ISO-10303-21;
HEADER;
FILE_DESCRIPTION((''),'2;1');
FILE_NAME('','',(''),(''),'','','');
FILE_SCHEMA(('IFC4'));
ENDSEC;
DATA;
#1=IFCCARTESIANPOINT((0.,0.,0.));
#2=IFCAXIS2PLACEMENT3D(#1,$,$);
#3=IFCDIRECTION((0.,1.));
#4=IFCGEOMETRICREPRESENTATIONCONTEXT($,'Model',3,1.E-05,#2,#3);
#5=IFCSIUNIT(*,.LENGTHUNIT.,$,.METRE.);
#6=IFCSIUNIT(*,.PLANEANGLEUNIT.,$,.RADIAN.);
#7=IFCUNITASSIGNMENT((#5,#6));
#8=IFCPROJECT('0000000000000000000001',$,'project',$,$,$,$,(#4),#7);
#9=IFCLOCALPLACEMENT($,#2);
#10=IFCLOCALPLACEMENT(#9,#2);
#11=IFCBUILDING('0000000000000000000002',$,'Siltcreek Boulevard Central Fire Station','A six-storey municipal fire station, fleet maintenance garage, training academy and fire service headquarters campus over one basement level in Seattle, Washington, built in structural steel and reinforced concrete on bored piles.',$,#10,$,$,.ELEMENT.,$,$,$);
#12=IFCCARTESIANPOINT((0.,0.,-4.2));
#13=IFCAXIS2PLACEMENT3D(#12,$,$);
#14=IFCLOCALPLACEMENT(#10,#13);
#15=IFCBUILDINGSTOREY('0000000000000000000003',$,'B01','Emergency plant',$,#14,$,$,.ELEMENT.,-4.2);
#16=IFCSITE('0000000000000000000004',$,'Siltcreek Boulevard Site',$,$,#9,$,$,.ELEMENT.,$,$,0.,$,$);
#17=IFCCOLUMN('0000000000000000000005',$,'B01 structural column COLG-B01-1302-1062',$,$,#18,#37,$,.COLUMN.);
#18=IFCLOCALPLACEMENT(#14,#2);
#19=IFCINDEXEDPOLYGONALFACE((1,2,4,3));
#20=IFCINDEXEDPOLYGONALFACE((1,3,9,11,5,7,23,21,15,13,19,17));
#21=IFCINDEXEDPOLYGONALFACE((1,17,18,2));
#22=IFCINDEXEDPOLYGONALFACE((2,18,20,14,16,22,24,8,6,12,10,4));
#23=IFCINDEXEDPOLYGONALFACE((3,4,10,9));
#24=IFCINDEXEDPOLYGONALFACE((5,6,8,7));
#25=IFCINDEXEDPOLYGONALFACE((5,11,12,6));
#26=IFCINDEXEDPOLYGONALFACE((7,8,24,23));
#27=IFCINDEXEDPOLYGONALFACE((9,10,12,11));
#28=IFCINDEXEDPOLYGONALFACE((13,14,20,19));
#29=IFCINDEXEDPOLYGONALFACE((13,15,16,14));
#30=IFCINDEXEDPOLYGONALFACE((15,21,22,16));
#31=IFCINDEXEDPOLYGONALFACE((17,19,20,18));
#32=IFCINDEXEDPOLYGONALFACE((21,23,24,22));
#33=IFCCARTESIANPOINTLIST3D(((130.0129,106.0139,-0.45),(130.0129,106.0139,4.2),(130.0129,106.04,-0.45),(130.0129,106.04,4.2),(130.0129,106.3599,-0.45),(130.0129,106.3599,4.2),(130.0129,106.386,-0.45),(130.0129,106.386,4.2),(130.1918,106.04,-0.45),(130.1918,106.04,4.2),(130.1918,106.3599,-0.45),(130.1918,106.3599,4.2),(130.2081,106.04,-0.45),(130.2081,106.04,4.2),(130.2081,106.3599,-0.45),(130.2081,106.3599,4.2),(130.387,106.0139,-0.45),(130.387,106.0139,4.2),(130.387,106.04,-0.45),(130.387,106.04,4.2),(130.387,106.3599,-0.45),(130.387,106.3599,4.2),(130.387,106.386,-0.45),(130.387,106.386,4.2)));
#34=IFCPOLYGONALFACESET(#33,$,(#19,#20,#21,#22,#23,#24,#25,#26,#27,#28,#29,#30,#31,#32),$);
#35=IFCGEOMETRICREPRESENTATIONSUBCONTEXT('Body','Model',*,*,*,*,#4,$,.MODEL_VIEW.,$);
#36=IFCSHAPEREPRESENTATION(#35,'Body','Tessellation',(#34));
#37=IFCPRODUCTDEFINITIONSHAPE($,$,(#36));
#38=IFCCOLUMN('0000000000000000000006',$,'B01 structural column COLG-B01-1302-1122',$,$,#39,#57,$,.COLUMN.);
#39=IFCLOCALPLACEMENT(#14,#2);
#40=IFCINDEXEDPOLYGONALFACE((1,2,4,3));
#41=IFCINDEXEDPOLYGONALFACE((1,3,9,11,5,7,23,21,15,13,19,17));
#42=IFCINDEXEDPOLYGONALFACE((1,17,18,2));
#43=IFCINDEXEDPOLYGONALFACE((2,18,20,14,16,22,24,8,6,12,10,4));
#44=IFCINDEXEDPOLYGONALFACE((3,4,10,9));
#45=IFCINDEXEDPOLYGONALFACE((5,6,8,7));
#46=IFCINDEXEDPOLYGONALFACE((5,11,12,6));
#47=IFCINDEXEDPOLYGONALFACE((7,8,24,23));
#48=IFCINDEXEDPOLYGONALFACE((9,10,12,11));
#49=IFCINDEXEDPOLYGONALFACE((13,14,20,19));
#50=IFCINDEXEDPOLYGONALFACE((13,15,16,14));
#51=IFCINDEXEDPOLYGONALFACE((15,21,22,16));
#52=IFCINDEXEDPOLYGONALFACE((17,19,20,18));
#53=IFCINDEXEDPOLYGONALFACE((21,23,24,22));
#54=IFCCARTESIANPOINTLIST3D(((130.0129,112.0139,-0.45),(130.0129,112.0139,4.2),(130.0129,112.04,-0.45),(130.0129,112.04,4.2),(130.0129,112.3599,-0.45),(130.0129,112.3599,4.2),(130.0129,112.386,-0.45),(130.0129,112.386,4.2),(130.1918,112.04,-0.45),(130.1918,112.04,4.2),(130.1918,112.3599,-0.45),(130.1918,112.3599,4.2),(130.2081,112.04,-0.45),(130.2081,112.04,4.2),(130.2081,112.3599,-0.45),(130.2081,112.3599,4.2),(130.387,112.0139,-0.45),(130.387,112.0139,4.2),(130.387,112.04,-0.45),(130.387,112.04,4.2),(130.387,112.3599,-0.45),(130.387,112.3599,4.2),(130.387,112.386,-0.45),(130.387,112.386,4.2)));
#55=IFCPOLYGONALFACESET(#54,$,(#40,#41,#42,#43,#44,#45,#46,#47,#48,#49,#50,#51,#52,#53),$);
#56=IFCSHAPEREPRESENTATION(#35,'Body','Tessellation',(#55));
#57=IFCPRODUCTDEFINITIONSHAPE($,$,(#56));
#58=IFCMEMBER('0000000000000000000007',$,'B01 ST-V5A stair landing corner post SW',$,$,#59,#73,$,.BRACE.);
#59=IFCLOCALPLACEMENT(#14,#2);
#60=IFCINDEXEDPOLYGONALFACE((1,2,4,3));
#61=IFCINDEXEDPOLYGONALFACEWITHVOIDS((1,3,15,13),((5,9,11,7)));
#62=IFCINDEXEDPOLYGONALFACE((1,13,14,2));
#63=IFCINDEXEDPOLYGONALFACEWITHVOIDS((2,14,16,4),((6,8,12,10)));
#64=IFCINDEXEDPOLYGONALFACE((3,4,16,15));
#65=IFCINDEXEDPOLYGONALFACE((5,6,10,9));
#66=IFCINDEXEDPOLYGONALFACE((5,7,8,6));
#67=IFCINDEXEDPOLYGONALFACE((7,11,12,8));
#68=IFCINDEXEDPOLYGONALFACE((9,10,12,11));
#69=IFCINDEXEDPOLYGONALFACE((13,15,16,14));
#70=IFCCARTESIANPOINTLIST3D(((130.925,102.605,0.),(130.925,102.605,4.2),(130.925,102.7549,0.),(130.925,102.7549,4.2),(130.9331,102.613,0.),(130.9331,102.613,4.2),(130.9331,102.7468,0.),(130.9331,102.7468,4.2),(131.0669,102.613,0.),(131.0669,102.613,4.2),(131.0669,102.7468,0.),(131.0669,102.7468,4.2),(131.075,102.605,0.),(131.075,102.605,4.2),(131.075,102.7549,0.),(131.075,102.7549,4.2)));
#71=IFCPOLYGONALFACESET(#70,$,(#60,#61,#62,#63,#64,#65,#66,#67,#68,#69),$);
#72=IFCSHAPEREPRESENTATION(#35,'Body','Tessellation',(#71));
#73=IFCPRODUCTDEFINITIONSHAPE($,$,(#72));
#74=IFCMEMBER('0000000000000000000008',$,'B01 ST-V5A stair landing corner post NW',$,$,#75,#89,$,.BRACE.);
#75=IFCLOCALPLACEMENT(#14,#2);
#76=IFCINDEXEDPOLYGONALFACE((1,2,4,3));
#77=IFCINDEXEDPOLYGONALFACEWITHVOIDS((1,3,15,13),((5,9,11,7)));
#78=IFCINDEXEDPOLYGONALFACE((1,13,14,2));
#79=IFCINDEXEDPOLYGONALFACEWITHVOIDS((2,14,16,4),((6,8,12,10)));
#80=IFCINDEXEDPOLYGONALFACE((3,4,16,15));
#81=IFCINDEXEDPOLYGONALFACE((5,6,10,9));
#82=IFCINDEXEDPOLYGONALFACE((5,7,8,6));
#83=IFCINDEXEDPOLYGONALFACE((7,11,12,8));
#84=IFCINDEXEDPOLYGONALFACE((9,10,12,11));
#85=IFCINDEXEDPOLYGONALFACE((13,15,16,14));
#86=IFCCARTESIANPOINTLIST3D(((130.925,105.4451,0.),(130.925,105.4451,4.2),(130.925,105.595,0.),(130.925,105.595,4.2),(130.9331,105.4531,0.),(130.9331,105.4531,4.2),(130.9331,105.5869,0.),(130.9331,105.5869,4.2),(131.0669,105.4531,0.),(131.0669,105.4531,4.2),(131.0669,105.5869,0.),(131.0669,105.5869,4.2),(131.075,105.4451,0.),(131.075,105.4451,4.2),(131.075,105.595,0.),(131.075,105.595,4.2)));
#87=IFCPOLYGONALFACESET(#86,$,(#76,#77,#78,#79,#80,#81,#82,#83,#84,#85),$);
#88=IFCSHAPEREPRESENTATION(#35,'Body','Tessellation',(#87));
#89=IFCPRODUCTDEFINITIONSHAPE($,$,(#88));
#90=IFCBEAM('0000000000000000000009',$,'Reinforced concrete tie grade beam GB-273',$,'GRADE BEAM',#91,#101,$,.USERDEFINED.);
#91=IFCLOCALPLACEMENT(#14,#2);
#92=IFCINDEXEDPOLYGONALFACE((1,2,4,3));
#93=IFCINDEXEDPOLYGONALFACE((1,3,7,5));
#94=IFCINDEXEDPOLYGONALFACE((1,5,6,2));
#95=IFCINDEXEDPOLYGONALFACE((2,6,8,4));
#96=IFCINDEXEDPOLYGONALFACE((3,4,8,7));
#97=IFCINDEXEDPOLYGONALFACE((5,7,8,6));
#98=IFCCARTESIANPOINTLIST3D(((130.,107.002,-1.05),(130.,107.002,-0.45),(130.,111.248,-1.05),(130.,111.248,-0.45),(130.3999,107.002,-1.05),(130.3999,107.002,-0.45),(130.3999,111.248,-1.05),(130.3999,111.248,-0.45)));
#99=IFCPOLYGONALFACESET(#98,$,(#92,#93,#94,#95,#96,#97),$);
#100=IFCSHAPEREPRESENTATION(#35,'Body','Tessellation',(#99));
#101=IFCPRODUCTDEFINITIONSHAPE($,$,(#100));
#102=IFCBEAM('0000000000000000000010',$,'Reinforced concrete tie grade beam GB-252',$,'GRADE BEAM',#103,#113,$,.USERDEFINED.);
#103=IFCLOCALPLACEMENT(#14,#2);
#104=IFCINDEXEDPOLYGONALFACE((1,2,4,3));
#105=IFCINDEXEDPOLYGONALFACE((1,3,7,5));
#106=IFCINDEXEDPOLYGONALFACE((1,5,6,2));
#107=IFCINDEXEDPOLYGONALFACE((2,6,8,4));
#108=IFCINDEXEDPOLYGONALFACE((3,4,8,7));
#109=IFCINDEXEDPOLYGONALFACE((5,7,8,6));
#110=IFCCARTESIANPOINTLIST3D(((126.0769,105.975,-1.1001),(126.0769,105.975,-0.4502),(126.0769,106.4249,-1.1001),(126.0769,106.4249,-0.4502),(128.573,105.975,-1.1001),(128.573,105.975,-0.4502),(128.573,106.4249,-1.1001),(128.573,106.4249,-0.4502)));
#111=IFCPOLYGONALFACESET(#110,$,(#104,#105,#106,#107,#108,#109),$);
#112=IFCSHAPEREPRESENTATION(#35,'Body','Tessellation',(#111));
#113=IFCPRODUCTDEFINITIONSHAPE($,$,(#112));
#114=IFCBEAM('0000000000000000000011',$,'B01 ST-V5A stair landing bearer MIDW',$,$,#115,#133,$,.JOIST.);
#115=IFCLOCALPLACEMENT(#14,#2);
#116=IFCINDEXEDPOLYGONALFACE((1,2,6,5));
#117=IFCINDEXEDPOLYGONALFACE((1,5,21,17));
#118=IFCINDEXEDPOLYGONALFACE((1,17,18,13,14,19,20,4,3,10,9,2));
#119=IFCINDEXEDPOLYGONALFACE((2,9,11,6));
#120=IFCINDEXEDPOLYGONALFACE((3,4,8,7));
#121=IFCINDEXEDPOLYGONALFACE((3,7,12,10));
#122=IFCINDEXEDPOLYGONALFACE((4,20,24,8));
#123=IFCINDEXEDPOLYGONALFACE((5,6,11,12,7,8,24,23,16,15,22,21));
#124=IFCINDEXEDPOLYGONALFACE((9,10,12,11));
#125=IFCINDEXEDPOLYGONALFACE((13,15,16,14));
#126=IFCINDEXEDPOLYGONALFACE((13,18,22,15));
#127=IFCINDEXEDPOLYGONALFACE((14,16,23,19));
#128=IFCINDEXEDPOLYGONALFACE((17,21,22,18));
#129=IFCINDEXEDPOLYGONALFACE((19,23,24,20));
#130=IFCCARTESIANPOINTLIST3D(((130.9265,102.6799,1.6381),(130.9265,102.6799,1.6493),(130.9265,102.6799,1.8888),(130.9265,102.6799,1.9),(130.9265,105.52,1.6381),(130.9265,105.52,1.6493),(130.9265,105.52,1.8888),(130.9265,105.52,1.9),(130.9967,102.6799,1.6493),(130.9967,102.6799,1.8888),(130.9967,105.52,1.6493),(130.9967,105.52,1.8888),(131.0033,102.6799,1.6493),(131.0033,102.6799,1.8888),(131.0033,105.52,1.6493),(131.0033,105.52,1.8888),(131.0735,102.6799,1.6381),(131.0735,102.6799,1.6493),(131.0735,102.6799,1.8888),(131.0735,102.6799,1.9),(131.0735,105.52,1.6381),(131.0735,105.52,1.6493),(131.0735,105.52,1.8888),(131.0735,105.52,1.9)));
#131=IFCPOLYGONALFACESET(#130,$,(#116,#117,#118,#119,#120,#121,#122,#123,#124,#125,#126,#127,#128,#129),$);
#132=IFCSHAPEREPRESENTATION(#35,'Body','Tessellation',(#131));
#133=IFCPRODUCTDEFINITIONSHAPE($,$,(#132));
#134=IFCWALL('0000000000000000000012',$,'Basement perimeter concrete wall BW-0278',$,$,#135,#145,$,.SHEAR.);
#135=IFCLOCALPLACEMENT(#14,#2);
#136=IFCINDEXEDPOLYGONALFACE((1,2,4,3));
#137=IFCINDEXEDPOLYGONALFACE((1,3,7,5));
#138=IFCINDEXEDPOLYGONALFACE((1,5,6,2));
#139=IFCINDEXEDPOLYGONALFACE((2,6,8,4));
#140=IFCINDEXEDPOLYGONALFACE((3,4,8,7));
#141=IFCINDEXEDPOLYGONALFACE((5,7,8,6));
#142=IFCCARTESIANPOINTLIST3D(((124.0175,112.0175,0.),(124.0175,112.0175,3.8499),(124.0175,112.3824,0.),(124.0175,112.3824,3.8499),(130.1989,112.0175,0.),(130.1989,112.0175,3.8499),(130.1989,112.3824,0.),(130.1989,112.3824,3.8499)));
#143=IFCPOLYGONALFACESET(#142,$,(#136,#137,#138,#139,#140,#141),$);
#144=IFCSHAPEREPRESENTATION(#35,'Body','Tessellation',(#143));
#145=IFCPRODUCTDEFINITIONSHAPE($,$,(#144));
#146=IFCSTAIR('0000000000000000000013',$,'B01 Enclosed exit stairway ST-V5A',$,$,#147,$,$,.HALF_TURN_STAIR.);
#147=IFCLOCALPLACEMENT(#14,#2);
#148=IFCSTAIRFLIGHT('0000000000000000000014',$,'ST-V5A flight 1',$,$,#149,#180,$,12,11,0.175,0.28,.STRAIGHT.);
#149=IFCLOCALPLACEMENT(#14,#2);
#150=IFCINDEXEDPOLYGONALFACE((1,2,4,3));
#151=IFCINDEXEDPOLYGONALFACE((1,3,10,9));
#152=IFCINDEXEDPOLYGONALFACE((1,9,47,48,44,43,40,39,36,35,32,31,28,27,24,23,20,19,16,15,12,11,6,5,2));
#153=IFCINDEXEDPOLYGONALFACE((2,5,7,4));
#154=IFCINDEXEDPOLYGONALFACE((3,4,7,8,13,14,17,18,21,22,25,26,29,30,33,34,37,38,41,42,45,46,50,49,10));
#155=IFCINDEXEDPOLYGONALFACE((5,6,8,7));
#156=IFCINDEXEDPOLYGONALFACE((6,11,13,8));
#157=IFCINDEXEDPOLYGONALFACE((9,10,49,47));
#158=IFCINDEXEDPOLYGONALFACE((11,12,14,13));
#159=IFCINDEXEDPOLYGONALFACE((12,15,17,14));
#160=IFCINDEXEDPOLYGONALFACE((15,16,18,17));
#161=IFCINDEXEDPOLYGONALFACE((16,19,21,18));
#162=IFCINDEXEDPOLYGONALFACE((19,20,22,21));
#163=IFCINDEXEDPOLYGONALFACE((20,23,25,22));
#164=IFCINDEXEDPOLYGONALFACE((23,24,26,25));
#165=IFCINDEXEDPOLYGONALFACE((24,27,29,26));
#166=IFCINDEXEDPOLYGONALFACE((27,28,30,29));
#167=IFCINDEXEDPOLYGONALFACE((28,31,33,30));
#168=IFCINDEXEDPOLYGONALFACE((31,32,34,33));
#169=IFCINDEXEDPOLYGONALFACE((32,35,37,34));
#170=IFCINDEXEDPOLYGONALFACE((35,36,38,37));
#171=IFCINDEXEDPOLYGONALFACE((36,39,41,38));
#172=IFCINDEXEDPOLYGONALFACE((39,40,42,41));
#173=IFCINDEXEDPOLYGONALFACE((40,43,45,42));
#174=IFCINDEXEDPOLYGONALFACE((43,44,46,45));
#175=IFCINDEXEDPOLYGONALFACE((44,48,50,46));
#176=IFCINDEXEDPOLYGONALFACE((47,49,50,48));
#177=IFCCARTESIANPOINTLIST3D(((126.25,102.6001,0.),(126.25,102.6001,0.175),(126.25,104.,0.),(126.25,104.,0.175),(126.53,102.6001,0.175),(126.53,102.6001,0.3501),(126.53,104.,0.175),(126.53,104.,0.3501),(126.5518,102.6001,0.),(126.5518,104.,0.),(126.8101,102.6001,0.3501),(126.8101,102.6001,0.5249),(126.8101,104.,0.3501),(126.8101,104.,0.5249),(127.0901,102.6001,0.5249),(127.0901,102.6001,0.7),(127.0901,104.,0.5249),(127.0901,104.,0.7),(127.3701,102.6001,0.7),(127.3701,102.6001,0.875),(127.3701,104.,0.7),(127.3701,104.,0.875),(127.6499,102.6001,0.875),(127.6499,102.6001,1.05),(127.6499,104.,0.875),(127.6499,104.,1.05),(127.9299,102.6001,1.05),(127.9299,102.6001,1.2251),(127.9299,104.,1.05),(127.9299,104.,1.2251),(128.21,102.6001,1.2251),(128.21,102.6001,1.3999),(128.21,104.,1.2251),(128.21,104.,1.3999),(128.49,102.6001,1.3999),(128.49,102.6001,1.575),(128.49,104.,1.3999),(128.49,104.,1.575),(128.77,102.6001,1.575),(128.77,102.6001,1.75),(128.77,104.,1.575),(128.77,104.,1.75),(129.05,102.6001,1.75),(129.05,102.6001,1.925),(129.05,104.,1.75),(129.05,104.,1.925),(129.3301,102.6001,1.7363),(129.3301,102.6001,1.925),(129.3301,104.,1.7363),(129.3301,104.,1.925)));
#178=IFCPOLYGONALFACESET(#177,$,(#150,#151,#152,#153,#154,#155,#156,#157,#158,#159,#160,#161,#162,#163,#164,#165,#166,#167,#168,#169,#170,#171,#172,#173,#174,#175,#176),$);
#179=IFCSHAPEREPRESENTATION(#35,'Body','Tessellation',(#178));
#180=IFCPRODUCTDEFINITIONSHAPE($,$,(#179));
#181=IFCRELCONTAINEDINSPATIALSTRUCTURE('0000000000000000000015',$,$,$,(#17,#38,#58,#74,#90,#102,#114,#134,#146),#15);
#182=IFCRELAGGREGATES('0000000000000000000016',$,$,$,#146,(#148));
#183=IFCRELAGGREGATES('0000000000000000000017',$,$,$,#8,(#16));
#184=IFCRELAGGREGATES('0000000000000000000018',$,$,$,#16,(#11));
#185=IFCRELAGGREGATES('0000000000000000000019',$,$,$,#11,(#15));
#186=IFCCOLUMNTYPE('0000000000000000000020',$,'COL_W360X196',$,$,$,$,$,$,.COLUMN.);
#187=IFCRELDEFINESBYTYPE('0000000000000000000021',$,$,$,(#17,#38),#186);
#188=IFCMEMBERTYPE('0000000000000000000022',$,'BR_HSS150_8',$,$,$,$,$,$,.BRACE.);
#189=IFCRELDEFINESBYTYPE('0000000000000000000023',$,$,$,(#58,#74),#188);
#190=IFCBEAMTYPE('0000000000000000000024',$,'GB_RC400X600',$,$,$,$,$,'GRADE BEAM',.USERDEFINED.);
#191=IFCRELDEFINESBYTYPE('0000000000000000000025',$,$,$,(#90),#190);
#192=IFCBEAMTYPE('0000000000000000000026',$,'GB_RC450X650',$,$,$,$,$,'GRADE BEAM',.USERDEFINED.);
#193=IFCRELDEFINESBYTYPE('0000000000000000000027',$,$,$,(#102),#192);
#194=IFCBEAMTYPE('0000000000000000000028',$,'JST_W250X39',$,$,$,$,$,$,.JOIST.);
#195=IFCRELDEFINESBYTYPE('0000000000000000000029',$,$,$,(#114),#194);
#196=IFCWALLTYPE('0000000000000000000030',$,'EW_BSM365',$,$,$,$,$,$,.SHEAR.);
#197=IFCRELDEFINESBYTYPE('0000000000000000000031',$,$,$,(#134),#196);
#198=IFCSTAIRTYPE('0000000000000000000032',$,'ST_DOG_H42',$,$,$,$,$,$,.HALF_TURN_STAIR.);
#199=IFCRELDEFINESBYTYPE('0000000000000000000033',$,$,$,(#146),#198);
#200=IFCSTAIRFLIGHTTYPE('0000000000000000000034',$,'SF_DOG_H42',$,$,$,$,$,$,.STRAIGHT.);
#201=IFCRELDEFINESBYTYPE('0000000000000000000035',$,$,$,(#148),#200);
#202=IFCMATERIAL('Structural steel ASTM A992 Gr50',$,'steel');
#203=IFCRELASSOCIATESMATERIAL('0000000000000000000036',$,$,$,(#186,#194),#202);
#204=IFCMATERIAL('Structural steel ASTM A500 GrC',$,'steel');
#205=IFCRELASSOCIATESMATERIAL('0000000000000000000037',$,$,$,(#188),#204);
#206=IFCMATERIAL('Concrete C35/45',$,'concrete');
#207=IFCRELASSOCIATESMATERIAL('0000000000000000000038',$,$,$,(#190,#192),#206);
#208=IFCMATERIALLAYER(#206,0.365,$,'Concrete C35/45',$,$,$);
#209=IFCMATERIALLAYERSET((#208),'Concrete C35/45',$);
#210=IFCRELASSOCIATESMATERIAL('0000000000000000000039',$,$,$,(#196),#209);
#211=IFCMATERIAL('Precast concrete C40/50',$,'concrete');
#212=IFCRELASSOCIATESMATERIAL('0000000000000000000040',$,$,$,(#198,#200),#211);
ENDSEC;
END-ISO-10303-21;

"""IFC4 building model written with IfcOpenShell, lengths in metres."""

from ifc_helpers import new_model, si_unit, direction, frame, frame_2d, origin, origin_2d, place, context, subcontext, project, spatial, polyline, rectangle, hollow_rectangle, i_section, outline, extrude, material, layer, layer_set, material_profile, profile_set, type_object, element, aggregate, save


model = new_model("IFC4")

# Units and contexts
model_context = context("Model", 3, precision=1e-05, world=origin(), true_north=direction((0.0, 1.0)))
body_context = subcontext(model_context, "Body", "Model", "MODEL_VIEW")
ifc_project = project(units=[si_unit("LENGTHUNIT", "METRE"), si_unit("PLANEANGLEUNIT", "RADIAN")], contexts=[model_context])

# Site, building, storey
site_placement = place(None, origin())
site = spatial("IfcSite", under=ifc_project, at=site_placement, Name="Siltcreek Boulevard Site", CompositionType="ELEMENT", RefElevation=0.0)
building_placement = place(site_placement, origin())
building = spatial("IfcBuilding", under=site, at=building_placement, Name="Siltcreek Boulevard Central Fire Station", Description="A six-storey municipal fire station, fleet maintenance garage, training academy and fire service headquarters campus over one basement level in Seattle, Washington, built in structural steel and reinforced concrete on bored piles.", CompositionType="ELEMENT")
storey_placement = place(building_placement, frame((0.0, 0.0, -4.2)))
storey = spatial("IfcBuildingStorey", under=building, at=storey_placement, Name="B01", Description="Emergency plant", CompositionType="ELEMENT", Elevation=-4.2)

# Shared definitions
ifc_material_1 = material(Name="Concrete C35/45", Category="concrete")

# Columns
ifc_material_2 = material(Name="Structural steel ASTM A992 Gr50", Category="steel")
ifc_material_profile_1 = material_profile(ifc_material_2, i_section(OverallWidth=0.374, OverallDepth=0.3721, WebThickness=0.0164, FlangeThickness=0.0261, at=origin_2d()), Name="W360X196")
ifc_profile_set_1 = profile_set([ifc_material_profile_1], Name="Structural steel ASTM A992 Gr50")
column_type = type_object("IfcColumnType", Name="COL_W360X196", PredefinedType="COLUMN", material=ifc_profile_set_1)
for number, where, z_axis, x_axis, name in (
    (1, (130.2, 106.2, -0.45), (0.0, 0.0, 1.0), (1.0, 0.0, 0.0), "B01 structural column COLG-B01-1302-1062"),
    (2, (130.2, 112.2, -0.45), (0.0, 0.0, 1.0), (1.0, 0.0, 0.0), "B01 structural column COLG-B01-1302-1122"),
):
    element("IfcColumn", number, at=place(storey_placement, frame(where, z_axis=z_axis, x_axis=x_axis)), inside=storey, type_object=column_type, Name=name, PredefinedType="COLUMN", context=body_context, shape_type="SweptSolid", body=[
        extrude(i_section(OverallWidth=0.374, OverallDepth=0.3721, WebThickness=0.0164, FlangeThickness=0.0261, at=origin_2d()), origin(), (0.0, 0.0, 1.0), 4.6499),
    ])

# Members
ifc_material_3 = material(Name="Structural steel ASTM A500 GrC", Category="steel")
ifc_material_profile_2 = material_profile(ifc_material_3, hollow_rectangle(XDim=0.1499, YDim=0.1499, WallThickness=0.0081, at=origin_2d()), Name="HSS150X150X8.0")
ifc_profile_set_2 = profile_set([ifc_material_profile_2], Name="Structural steel ASTM A500 GrC")
member_type = type_object("IfcMemberType", Name="BR_HSS150_8", PredefinedType="BRACE", material=ifc_profile_set_2)
for number, where, z_axis, x_axis, name in (
    (3, (131.0, 102.6799, 0.0), (0.0, 0.0, 1.0), (1.0, 0.0, 0.0), "B01 ST-V5A stair landing corner post SW"),
    (4, (131.0, 105.52, 0.0), (0.0, 0.0, 1.0), (1.0, 0.0, 0.0), "B01 ST-V5A stair landing corner post NW"),
):
    element("IfcMember", number, at=place(storey_placement, frame(where, z_axis=z_axis, x_axis=x_axis)), inside=storey, type_object=member_type, Name=name, PredefinedType="BRACE", context=body_context, shape_type="SweptSolid", body=[
        extrude(hollow_rectangle(XDim=0.1499, YDim=0.1499, WallThickness=0.0081, at=origin_2d()), origin(), (0.0, 0.0, 1.0), 4.2),
    ])

# Beams
ifc_material_profile_3 = material_profile(ifc_material_1, rectangle(XDim=0.3999, YDim=0.6001, at=origin_2d()), Name="RC400X600")
ifc_profile_set_3 = profile_set([ifc_material_profile_3], Name="Concrete C35/45")
beam_type_1 = type_object("IfcBeamType", Name="GB_RC400X600", ElementType="GRADE BEAM", PredefinedType="USERDEFINED", material=ifc_profile_set_3)
beam_1_placement = place(storey_placement, frame((130.2, 107.002, -0.75), z_axis=(0.0, 1.0, 0.0), x_axis=(-1.0, 0.0, 0.0)))
element("IfcBeam", 5, at=beam_1_placement, inside=storey, type_object=beam_type_1, Name="Reinforced concrete tie grade beam GB-273", ObjectType="GRADE BEAM", PredefinedType="USERDEFINED", context=body_context, shape_type="SweptSolid", body=[
    extrude(rectangle(XDim=0.3999, YDim=0.6001, at=origin_2d()), origin(), (0.0, 0.0, 1.0), 4.2461),
])
ifc_material_profile_4 = material_profile(ifc_material_1, rectangle(XDim=0.45, YDim=0.6499, at=origin_2d()), Name="RC450X650")
ifc_profile_set_4 = profile_set([ifc_material_profile_4], Name="Concrete C35/45")
beam_type_2 = type_object("IfcBeamType", Name="GB_RC450X650", ElementType="GRADE BEAM", PredefinedType="USERDEFINED", material=ifc_profile_set_4)
beam_2_placement = place(storey_placement, frame((126.0769, 106.2, -0.7751), z_axis=(1.0, 0.0, 0.0), x_axis=(0.0, 1.0, 0.0)))
element("IfcBeam", 6, at=beam_2_placement, inside=storey, type_object=beam_type_2, Name="Reinforced concrete tie grade beam GB-252", ObjectType="GRADE BEAM", PredefinedType="USERDEFINED", context=body_context, shape_type="SweptSolid", body=[
    extrude(rectangle(XDim=0.45, YDim=0.6499, at=origin_2d()), origin(), (0.0, 0.0, 1.0), 2.4961),
])
ifc_material_profile_5 = material_profile(ifc_material_2, i_section(OverallWidth=0.147, OverallDepth=0.262, WebThickness=0.0066, FlangeThickness=0.0112, at=origin_2d()), Name="W250X39")
ifc_profile_set_5 = profile_set([ifc_material_profile_5], Name="Structural steel ASTM A992 Gr50")
beam_type_3 = type_object("IfcBeamType", Name="JST_W250X39", PredefinedType="JOIST", material=ifc_profile_set_5)
beam_3_placement = place(storey_placement, frame((131.0, 102.6799, 1.769), z_axis=(0.0, 1.0, 0.0), x_axis=(-1.0, 0.0, 0.0)))
element("IfcBeam", 7, at=beam_3_placement, inside=storey, type_object=beam_type_3, Name="B01 ST-V5A stair landing bearer MIDW", PredefinedType="JOIST", context=body_context, shape_type="SweptSolid", body=[
    extrude(i_section(OverallWidth=0.147, OverallDepth=0.262, WebThickness=0.0066, FlangeThickness=0.0112, at=origin_2d()), origin(), (0.0, 0.0, 1.0), 2.8401),
])

# Wall
ifc_layer = layer(ifc_material_1, 0.365, Name="Concrete C35/45")
ifc_layer_set = layer_set([ifc_layer], Name="Concrete C35/45")
wall_type = type_object("IfcWallType", Name="EW_BSM365", PredefinedType="SHEAR", material=ifc_layer_set)
wall_placement = place(storey_placement, frame((130.199, 112.2, 0.0), z_axis=(0.0, 0.0, 1.0), x_axis=(-1.0, 0.0, 0.0)))
element("IfcWall", 8, at=wall_placement, inside=storey, type_object=wall_type, Name="Basement perimeter concrete wall BW-0278", PredefinedType="SHEAR", context=body_context, shape_type="SweptSolid", body=[
    extrude(rectangle(XDim=6.1814, YDim=0.365, at=frame_2d((3.0908, 0.0))), origin(), (0.0, 0.0, 1.0), 3.8499),
])

# Stair, stair flight
ifc_material_4 = material(Name="Precast concrete C40/50", Category="concrete")
stair_type = type_object("IfcStairType", Name="ST_DOG_H42", PredefinedType="HALF_TURN_STAIR", material=ifc_material_4)
stair_placement = place(storey_placement, origin())
stair = element("IfcStair", 9, at=stair_placement, inside=storey, type_object=stair_type, Name="B01 Enclosed exit stairway ST-V5A", PredefinedType="HALF_TURN_STAIR")
stair_flight_type = type_object("IfcStairFlightType", Name="SF_DOG_H42", PredefinedType="STRAIGHT", material=ifc_material_4)
stair_flight_1_placement = place(storey_placement, frame((126.25, 103.3, 0.0), z_axis=(0.0, 0.0, 1.0), x_axis=(1.0, 0.0, 0.0)))
stair_flight_1 = element("IfcStairFlight", 10, at=stair_flight_1_placement, type_object=stair_flight_type, Name="ST-V5A flight 1", NumberOfRisers=12, NumberOfTreads=11, PredefinedType="STRAIGHT", RiserHeight=0.175, TreadLength=0.28, context=body_context, shape_type="SweptSolid", body=[
    extrude(outline(polyline([(0.0, 0.0), (0.0, 0.175), (0.28, 0.175), (0.28, 0.3501), (0.5601, 0.3501), (0.5601, 0.5249), (0.8401, 0.5249), (0.8401, 0.7), (1.1201, 0.7), (1.1201, 0.875), (1.3999, 0.875), (1.3999, 1.05), (1.6799, 1.05), (1.6799, 1.2251), (1.96, 1.2251), (1.96, 1.3999), (2.24, 1.3999), (2.24, 1.575), (2.52, 1.575), (2.52, 1.75), (2.8, 1.75), (2.8, 1.925), (3.0801, 1.925), (3.0801, 2.1001), (3.0801, 1.7363), (0.3018, 0.0), (0.0, 0.0)])), frame((0.0, 0.7, 0.0), z_axis=(0.0, -1.0, 0.0), x_axis=(1.0, 0.0, 0.0)), (0.0, 0.0, 1.0), 1.3999),
])
aggregate(stair, [stair_flight_1])

save(model, "model.ifc")
